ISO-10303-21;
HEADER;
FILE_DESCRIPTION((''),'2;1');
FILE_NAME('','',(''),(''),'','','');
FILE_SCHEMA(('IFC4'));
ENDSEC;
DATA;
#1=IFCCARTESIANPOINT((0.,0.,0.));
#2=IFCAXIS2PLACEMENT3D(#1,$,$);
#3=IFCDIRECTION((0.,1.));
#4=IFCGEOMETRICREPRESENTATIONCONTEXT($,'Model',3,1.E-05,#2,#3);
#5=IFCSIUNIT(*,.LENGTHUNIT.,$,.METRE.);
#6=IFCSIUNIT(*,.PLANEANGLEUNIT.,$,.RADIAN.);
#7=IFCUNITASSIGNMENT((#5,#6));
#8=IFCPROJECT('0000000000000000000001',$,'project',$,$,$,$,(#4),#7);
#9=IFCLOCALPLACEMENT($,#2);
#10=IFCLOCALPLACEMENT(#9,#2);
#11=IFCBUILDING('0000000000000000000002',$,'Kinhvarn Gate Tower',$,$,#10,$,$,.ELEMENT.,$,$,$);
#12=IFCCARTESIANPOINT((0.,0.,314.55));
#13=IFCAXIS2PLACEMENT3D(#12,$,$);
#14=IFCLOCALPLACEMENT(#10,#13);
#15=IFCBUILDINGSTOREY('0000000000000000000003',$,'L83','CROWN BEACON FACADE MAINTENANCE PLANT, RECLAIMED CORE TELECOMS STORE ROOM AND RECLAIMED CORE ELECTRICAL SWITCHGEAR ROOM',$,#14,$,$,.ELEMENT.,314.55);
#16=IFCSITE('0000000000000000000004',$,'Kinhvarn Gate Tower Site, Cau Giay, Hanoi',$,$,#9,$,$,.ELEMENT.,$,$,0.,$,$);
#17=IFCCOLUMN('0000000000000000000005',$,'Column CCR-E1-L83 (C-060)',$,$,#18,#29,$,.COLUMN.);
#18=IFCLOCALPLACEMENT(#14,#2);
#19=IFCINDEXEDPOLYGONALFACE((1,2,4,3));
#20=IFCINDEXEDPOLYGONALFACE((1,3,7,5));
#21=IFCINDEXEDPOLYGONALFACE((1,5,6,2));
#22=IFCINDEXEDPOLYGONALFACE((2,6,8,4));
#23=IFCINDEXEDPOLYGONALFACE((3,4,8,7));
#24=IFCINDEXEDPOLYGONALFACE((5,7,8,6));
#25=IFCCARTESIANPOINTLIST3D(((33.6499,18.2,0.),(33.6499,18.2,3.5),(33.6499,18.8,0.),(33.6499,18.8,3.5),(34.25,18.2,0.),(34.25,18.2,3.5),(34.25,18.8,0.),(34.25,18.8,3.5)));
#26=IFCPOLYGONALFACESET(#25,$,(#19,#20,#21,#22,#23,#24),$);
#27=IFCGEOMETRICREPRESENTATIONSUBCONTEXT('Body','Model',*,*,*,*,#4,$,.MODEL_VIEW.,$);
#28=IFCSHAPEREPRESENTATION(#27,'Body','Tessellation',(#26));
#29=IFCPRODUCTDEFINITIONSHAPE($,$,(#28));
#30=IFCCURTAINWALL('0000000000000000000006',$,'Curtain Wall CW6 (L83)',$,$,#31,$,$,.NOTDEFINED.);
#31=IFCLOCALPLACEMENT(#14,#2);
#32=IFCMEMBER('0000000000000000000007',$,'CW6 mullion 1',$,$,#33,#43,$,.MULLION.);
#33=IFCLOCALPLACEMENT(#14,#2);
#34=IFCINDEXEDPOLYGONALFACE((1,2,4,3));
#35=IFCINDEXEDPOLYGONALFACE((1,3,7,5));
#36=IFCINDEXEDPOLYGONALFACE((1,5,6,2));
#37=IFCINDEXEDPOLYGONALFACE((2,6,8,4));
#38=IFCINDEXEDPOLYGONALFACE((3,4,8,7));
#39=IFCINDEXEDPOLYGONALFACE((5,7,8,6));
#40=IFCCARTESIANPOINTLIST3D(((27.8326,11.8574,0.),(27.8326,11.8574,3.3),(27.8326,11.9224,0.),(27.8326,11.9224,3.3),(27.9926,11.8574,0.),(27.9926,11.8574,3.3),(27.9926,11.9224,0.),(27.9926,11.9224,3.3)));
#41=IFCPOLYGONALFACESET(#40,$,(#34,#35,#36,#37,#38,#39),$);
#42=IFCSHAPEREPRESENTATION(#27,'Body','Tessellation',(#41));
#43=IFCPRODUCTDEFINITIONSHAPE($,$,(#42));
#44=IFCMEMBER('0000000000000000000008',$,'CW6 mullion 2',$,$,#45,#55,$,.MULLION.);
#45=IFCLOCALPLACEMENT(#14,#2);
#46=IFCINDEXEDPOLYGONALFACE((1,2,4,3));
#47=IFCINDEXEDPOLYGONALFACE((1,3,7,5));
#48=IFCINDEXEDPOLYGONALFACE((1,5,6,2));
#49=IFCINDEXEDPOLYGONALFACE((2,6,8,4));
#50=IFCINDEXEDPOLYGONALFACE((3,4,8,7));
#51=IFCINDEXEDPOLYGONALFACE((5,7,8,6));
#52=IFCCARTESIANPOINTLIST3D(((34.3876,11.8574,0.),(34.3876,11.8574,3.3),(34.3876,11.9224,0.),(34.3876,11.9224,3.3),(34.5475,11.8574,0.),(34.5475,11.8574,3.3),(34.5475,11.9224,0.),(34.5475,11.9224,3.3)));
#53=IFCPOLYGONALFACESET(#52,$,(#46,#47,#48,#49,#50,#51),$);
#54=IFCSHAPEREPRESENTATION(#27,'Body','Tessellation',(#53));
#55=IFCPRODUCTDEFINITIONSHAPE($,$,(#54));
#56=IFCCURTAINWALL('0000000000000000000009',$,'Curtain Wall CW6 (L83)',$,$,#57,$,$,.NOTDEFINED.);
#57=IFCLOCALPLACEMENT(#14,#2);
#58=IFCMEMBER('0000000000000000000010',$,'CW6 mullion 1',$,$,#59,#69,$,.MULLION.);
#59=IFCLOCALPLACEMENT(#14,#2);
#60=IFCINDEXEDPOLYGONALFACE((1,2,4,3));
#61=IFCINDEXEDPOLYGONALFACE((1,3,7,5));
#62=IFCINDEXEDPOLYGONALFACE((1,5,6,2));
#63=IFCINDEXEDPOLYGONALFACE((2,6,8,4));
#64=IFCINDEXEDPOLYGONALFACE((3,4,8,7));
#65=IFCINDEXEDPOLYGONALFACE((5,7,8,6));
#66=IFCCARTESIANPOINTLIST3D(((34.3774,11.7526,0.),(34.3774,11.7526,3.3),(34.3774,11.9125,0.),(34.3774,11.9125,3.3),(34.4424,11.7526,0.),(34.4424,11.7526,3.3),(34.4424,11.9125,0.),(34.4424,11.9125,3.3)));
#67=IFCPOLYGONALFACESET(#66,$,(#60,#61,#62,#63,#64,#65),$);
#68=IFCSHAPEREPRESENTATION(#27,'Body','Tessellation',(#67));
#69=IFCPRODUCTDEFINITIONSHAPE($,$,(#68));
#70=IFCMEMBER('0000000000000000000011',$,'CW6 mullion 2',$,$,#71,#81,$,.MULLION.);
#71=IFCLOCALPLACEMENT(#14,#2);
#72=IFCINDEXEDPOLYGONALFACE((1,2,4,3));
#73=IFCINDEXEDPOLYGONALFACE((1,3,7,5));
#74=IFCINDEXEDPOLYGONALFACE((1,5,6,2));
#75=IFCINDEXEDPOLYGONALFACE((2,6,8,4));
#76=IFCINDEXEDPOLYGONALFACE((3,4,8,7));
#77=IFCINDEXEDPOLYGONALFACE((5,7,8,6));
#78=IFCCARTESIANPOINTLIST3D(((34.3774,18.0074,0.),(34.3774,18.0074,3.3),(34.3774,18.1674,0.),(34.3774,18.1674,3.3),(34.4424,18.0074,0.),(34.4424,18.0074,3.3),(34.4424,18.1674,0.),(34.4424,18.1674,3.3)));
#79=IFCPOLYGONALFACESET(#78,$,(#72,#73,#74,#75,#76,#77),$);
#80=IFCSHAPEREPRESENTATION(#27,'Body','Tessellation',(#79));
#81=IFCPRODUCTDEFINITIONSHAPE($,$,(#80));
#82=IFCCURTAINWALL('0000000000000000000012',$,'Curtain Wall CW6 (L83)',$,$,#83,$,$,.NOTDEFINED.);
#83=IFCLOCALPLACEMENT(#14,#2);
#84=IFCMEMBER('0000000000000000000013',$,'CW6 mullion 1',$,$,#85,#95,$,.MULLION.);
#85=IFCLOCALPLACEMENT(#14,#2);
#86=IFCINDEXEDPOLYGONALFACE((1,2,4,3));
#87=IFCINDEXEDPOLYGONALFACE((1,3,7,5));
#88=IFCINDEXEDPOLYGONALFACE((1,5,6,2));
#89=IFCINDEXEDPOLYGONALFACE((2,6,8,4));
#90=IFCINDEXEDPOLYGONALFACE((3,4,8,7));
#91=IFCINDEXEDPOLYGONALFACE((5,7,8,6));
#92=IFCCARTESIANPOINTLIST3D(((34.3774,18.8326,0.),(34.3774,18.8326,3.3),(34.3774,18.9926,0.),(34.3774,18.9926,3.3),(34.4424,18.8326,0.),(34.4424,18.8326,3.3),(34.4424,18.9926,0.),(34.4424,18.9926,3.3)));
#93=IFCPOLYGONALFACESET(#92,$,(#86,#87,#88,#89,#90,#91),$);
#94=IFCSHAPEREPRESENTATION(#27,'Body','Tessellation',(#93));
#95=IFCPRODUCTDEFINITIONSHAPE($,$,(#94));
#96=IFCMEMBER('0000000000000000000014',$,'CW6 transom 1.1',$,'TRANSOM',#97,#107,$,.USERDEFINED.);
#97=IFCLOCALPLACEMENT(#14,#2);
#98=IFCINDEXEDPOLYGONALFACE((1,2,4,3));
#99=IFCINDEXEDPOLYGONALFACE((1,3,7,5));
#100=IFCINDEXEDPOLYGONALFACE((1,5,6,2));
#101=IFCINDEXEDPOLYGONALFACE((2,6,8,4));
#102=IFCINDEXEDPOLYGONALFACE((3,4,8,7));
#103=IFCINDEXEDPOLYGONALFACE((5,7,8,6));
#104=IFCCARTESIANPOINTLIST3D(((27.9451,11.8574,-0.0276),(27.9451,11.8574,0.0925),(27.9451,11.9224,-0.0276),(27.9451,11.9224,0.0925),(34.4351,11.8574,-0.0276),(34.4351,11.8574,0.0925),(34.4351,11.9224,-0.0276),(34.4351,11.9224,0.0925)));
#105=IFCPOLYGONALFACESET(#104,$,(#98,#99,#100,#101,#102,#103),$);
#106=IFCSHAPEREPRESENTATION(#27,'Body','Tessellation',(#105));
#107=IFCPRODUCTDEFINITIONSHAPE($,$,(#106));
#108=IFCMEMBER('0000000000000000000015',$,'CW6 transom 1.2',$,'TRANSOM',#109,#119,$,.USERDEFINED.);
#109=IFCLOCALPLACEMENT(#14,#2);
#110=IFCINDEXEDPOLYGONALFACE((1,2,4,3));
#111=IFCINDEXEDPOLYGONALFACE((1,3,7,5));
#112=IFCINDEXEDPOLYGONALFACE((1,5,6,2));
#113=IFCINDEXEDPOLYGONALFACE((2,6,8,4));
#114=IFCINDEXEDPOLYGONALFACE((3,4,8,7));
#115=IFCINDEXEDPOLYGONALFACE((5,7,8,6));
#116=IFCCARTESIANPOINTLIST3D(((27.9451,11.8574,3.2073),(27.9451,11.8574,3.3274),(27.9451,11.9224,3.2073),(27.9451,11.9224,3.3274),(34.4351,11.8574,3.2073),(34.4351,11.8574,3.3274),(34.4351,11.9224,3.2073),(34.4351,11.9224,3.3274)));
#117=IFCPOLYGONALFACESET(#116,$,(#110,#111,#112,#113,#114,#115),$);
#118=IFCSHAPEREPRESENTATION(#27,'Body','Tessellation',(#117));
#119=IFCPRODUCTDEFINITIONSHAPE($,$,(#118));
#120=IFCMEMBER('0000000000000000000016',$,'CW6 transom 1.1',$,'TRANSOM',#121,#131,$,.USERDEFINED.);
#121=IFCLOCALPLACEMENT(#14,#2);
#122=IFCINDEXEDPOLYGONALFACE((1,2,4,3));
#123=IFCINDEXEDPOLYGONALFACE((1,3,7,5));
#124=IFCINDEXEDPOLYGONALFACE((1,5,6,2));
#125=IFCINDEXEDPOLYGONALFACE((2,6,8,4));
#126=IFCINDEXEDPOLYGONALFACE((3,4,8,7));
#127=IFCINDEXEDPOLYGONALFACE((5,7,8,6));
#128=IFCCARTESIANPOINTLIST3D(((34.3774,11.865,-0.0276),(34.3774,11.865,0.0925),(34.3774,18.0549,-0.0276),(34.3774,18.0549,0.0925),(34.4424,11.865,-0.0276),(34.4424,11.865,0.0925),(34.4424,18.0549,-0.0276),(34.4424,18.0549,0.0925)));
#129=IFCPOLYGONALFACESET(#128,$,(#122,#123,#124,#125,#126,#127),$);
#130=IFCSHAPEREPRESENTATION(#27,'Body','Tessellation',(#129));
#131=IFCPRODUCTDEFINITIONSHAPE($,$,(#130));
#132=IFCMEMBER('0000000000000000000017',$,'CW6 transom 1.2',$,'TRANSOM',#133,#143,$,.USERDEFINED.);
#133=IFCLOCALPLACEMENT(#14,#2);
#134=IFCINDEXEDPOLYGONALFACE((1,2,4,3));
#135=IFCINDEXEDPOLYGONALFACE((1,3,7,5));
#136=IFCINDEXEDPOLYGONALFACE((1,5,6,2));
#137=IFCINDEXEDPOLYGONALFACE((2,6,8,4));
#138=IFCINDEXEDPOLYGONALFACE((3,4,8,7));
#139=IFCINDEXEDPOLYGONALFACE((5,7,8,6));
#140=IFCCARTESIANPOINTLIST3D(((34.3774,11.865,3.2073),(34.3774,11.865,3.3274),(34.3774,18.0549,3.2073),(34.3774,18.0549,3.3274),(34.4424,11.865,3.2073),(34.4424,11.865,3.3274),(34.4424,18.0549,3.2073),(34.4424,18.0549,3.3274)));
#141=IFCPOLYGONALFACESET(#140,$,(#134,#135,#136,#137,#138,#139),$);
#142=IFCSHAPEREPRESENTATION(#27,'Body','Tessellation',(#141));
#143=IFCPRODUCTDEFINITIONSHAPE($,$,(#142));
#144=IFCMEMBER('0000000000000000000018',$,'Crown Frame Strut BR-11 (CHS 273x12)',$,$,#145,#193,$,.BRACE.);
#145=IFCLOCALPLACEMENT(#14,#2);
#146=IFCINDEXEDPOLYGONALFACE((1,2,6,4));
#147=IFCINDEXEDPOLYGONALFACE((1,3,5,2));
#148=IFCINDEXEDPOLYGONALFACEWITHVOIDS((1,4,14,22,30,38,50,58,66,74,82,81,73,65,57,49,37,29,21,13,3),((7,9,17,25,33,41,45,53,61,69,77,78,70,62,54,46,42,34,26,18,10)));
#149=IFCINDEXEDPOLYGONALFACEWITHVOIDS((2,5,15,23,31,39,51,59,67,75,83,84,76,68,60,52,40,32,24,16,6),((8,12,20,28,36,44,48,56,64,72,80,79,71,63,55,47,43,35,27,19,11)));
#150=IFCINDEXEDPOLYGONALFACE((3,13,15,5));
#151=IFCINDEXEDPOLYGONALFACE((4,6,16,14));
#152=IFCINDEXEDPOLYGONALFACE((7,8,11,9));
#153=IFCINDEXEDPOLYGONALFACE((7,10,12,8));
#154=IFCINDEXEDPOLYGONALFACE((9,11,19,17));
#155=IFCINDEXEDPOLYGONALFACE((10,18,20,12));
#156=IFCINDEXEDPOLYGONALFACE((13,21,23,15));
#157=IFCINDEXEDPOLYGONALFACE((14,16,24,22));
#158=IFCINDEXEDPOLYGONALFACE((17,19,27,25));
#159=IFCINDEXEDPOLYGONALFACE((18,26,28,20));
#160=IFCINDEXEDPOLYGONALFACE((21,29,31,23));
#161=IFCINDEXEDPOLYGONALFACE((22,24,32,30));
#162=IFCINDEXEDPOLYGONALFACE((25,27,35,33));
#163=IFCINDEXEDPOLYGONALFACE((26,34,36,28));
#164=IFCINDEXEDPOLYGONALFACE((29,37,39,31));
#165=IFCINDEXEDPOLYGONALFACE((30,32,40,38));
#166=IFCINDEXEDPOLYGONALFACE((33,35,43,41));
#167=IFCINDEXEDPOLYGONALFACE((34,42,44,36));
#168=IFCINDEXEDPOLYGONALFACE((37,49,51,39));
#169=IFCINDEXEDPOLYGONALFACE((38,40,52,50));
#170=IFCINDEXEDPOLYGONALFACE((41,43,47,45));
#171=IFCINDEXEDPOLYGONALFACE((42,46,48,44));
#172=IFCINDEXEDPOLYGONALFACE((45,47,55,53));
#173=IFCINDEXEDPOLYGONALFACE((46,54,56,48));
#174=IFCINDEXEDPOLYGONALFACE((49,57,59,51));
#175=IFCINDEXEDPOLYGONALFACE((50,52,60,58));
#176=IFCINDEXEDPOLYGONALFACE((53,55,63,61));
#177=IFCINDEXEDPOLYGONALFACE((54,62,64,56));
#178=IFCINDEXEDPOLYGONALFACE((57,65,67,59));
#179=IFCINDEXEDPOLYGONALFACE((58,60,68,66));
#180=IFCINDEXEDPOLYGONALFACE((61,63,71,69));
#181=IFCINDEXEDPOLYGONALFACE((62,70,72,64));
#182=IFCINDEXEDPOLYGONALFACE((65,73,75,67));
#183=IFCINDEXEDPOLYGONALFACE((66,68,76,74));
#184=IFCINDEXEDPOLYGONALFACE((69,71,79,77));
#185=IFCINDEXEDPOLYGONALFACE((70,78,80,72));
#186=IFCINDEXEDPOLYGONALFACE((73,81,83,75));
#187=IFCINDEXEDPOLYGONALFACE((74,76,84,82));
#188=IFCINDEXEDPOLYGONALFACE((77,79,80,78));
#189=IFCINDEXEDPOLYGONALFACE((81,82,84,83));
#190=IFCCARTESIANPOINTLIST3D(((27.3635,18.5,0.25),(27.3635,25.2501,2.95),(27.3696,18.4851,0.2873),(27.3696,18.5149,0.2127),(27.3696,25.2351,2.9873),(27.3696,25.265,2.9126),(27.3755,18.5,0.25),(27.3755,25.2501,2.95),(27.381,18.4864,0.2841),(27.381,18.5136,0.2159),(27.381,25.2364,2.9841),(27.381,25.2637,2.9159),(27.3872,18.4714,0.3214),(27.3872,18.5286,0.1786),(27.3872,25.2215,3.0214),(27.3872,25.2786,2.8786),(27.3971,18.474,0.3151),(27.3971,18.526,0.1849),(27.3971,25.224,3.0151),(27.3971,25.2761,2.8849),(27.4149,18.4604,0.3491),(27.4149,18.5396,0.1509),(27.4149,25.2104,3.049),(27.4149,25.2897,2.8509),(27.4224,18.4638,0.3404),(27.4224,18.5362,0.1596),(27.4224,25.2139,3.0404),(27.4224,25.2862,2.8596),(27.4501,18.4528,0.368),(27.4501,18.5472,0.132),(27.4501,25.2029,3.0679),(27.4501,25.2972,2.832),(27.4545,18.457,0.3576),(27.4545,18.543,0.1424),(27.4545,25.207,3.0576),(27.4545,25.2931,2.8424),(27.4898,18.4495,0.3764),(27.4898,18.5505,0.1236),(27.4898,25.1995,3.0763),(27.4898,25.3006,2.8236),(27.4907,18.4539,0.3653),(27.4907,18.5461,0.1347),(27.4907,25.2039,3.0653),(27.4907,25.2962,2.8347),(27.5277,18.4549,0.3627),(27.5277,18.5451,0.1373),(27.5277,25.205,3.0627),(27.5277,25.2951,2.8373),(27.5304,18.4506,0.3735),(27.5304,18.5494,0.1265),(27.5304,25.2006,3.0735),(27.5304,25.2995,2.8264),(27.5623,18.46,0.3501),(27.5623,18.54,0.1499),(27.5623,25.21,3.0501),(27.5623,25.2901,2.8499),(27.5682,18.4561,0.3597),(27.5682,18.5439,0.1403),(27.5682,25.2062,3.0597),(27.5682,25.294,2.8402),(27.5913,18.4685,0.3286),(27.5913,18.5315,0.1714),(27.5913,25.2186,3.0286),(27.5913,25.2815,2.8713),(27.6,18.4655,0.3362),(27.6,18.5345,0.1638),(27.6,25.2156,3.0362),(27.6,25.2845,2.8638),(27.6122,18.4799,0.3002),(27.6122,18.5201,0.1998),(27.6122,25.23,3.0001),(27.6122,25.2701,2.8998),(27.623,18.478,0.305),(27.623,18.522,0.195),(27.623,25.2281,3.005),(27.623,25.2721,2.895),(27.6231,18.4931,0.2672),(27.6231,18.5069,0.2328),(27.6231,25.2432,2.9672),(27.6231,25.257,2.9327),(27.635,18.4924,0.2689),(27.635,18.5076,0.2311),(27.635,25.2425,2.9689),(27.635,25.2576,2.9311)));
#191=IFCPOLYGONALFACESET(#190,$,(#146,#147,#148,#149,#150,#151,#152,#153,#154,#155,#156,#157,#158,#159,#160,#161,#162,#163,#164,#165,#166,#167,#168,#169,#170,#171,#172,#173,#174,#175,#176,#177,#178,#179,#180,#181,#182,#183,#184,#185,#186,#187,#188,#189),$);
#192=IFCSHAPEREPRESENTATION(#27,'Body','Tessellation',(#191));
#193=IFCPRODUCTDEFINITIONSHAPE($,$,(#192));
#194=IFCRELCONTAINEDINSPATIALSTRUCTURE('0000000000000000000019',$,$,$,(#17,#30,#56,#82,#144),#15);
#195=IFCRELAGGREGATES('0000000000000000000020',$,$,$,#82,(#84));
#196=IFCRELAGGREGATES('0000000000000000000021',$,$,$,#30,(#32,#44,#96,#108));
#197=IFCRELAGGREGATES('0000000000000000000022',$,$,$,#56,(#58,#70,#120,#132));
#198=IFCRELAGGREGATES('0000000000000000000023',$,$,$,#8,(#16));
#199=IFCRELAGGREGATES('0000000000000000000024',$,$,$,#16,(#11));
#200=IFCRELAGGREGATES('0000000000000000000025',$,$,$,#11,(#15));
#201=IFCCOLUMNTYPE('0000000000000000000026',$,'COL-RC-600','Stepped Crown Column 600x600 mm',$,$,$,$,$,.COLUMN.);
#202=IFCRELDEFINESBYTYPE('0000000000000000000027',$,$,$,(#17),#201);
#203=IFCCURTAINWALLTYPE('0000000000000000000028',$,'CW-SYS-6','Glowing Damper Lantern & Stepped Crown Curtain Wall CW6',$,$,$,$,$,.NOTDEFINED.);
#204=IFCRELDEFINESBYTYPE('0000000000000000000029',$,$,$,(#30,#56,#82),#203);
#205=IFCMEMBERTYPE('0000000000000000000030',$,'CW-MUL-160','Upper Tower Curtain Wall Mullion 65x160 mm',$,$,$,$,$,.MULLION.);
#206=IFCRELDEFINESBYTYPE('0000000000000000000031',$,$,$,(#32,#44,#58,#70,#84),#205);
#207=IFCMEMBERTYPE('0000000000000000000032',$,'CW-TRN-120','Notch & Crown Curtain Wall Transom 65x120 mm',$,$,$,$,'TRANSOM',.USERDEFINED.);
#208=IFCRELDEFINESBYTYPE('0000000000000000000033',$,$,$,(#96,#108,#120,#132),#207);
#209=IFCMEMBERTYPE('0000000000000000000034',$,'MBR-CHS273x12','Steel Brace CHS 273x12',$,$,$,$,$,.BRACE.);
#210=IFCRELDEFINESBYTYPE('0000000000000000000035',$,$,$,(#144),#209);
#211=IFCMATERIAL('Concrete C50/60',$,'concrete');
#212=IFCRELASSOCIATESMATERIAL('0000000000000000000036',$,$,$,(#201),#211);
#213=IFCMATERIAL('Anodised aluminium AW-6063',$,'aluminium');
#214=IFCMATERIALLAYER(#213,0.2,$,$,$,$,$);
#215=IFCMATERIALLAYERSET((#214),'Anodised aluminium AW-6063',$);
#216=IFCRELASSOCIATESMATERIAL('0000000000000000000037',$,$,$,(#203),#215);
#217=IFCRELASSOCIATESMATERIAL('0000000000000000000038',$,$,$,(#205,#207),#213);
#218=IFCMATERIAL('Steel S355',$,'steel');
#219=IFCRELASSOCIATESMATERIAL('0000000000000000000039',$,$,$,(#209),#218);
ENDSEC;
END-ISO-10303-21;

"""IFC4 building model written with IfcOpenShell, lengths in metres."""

from ifc_helpers import new_model, si_unit, direction, frame, origin, origin_2d, place, context, subcontext, project, spatial, rectangle, hollow_circle, extrude, material, layer, layer_set, material_profile, profile_set, type_object, element, aggregate, save


model = new_model("IFC4")

# Units and contexts
model_context = context("Model", 3, precision=1e-05, world=origin(), true_north=direction((0.0, 1.0)))
body_context = subcontext(model_context, "Body", "Model", "MODEL_VIEW")
ifc_project = project(units=[si_unit("LENGTHUNIT", "METRE"), si_unit("PLANEANGLEUNIT", "RADIAN")], contexts=[model_context])

# Site, building, storey
site_placement = place(None, origin())
site = spatial("IfcSite", under=ifc_project, at=site_placement, Name="Kinhvarn Gate Tower Site, Cau Giay, Hanoi", CompositionType="ELEMENT", RefElevation=0.0)
building_placement = place(site_placement, origin())
building = spatial("IfcBuilding", under=site, at=building_placement, Name="Kinhvarn Gate Tower", CompositionType="ELEMENT")
storey_placement = place(building_placement, frame((0.0, 0.0, 314.55)))
storey = spatial("IfcBuildingStorey", under=building, at=storey_placement, Name="L83", Description="CROWN BEACON FACADE MAINTENANCE PLANT, RECLAIMED CORE TELECOMS STORE ROOM AND RECLAIMED CORE ELECTRICAL SWITCHGEAR ROOM", CompositionType="ELEMENT", Elevation=314.55)

# Column
ifc_material_1 = material(Name="Concrete C50/60", Category="concrete")
ifc_material_profile_1 = material_profile(ifc_material_1, rectangle(XDim=0.6001, YDim=0.6001, at=origin_2d()), Name="RC 600x600")
ifc_profile_set_1 = profile_set([ifc_material_profile_1], Name="Concrete C50/60")
column_type = type_object("IfcColumnType", Name="COL-RC-600", Description="Stepped Crown Column 600x600 mm", PredefinedType="COLUMN", material=ifc_profile_set_1)
column_placement = place(storey_placement, frame((33.95, 18.5, 0.0), z_axis=(0.0, 0.0, 1.0), x_axis=(1.0, 0.0, 0.0)))
element("IfcColumn", 1, at=column_placement, inside=storey, type_object=column_type, Name="Column CCR-E1-L83 (C-060)", PredefinedType="COLUMN", context=body_context, shape_type="SweptSolid", body=[
    extrude(rectangle(XDim=0.6001, YDim=0.6001, at=origin_2d()), origin(), (0.0, 0.0, 1.0), 3.5),
])

# Curtain walls, members
ifc_material_2 = material(Name="Anodised aluminium AW-6063", Category="aluminium")
ifc_layer_1 = layer(ifc_material_2, 0.2)
ifc_layer_set_1 = layer_set([ifc_layer_1], Name="Anodised aluminium AW-6063")
curtain_wall_type = type_object("IfcCurtainWallType", Name="CW-SYS-6", Description="Glowing Damper Lantern & Stepped Crown Curtain Wall CW6", PredefinedType="NOTDEFINED", material=ifc_layer_set_1)
curtain_wall_1_placement = place(storey_placement, origin())
curtain_wall_1 = element("IfcCurtainWall", 2, at=curtain_wall_1_placement, inside=storey, type_object=curtain_wall_type, Name="Curtain Wall CW6 (L83)", PredefinedType="NOTDEFINED")
ifc_material_profile_2 = material_profile(ifc_material_2, rectangle(XDim=0.0649, YDim=0.1599, at=origin_2d()), Name="ALU 65x160")
ifc_profile_set_2 = profile_set([ifc_material_profile_2], Name="Anodised aluminium AW-6063")
member_type_1 = type_object("IfcMemberType", Name="CW-MUL-160", Description="Upper Tower Curtain Wall Mullion 65x160 mm", PredefinedType="MULLION", material=ifc_profile_set_2)
member_1_placement = place(storey_placement, frame((27.9126, 11.8899, 0.0), z_axis=(0.0, 0.0, 1.0), x_axis=(0.0, 1.0, 0.0)))
member_1 = element("IfcMember", 3, at=member_1_placement, type_object=member_type_1, Name="CW6 mullion 1", PredefinedType="MULLION", context=body_context, shape_type="SweptSolid", body=[
    extrude(rectangle(XDim=0.0649, YDim=0.1599, at=origin_2d()), origin(), (0.0, 0.0, 1.0), 3.3),
])
member_2_placement = place(storey_placement, frame((34.4675, 11.8899, 0.0), z_axis=(0.0, 0.0, 1.0), x_axis=(0.0, 1.0, 0.0)))
member_2 = element("IfcMember", 4, at=member_2_placement, type_object=member_type_1, Name="CW6 mullion 2", PredefinedType="MULLION", context=body_context, shape_type="SweptSolid", body=[
    extrude(rectangle(XDim=0.0649, YDim=0.1599, at=origin_2d()), origin(), (0.0, 0.0, 1.0), 3.3),
])
curtain_wall_2_placement = place(storey_placement, origin())
curtain_wall_2 = element("IfcCurtainWall", 5, at=curtain_wall_2_placement, inside=storey, type_object=curtain_wall_type, Name="Curtain Wall CW6 (L83)", PredefinedType="NOTDEFINED")
member_3_placement = place(storey_placement, frame((34.4099, 11.8325, 0.0), z_axis=(0.0, 0.0, 1.0), x_axis=(-1.0, 0.0, 0.0)))
member_3 = element("IfcMember", 6, at=member_3_placement, type_object=member_type_1, Name="CW6 mullion 1", PredefinedType="MULLION", context=body_context, shape_type="SweptSolid", body=[
    extrude(rectangle(XDim=0.0649, YDim=0.1599, at=origin_2d()), origin(), (0.0, 0.0, 1.0), 3.3),
])
member_4_placement = place(storey_placement, frame((34.4099, 18.0874, 0.0), z_axis=(0.0, 0.0, 1.0), x_axis=(-1.0, 0.0, 0.0)))
member_4 = element("IfcMember", 7, at=member_4_placement, type_object=member_type_1, Name="CW6 mullion 2", PredefinedType="MULLION", context=body_context, shape_type="SweptSolid", body=[
    extrude(rectangle(XDim=0.0649, YDim=0.1599, at=origin_2d()), origin(), (0.0, 0.0, 1.0), 3.3),
])

# Curtain wall, member
curtain_wall_3_placement = place(storey_placement, origin())
curtain_wall_3 = element("IfcCurtainWall", 8, at=curtain_wall_3_placement, inside=storey, type_object=curtain_wall_type, Name="Curtain Wall CW6 (L83)", PredefinedType="NOTDEFINED")
member_5_placement = place(storey_placement, frame((34.4099, 18.9126, 0.0), z_axis=(0.0, 0.0, 1.0), x_axis=(-1.0, 0.0, 0.0)))
member_5 = element("IfcMember", 9, at=member_5_placement, type_object=member_type_1, Name="CW6 mullion 1", PredefinedType="MULLION", context=body_context, shape_type="SweptSolid", body=[
    extrude(rectangle(XDim=0.0649, YDim=0.1599, at=origin_2d()), origin(), (0.0, 0.0, 1.0), 3.3),
])
aggregate(curtain_wall_3, [member_5])

# Members
ifc_material_profile_3 = material_profile(ifc_material_2, rectangle(XDim=0.0649, YDim=0.1201, at=origin_2d()), Name="ALU 65x120")
ifc_profile_set_3 = profile_set([ifc_material_profile_3], Name="Anodised aluminium AW-6063")
member_type_2 = type_object("IfcMemberType", Name="CW-TRN-120", Description="Notch & Crown Curtain Wall Transom 65x120 mm", ElementType="TRANSOM", PredefinedType="USERDEFINED", material=ifc_profile_set_3)
member_6_placement = place(storey_placement, frame((27.9451, 11.8899, 0.0325), z_axis=(1.0, 0.0, 0.0), x_axis=(0.0, 1.0, 0.0)))
member_6 = element("IfcMember", 10, at=member_6_placement, type_object=member_type_2, Name="CW6 transom 1.1", ObjectType="TRANSOM", PredefinedType="USERDEFINED", context=body_context, shape_type="SweptSolid", body=[
    extrude(rectangle(XDim=0.0649, YDim=0.1201, at=origin_2d()), origin(), (0.0, 0.0, 1.0), 6.49),
])
member_7_placement = place(storey_placement, frame((27.9451, 11.8899, 3.2673), z_axis=(1.0, 0.0, 0.0), x_axis=(0.0, 1.0, 0.0)))
member_7 = element("IfcMember", 11, at=member_7_placement, type_object=member_type_2, Name="CW6 transom 1.2", ObjectType="TRANSOM", PredefinedType="USERDEFINED", context=body_context, shape_type="SweptSolid", body=[
    extrude(rectangle(XDim=0.0649, YDim=0.1201, at=origin_2d()), origin(), (0.0, 0.0, 1.0), 6.49),
])
member_8_placement = place(storey_placement, frame((34.4099, 11.865, 0.0325), z_axis=(0.0, 1.0, 0.0), x_axis=(-1.0, 0.0, 0.0)))
member_8 = element("IfcMember", 12, at=member_8_placement, type_object=member_type_2, Name="CW6 transom 1.1", ObjectType="TRANSOM", PredefinedType="USERDEFINED", context=body_context, shape_type="SweptSolid", body=[
    extrude(rectangle(XDim=0.0649, YDim=0.1201, at=origin_2d()), origin(), (0.0, 0.0, 1.0), 6.1899),
])
member_9_placement = place(storey_placement, frame((34.4099, 11.865, 3.2673), z_axis=(0.0, 1.0, 0.0), x_axis=(-1.0, 0.0, 0.0)))
member_9 = element("IfcMember", 13, at=member_9_placement, type_object=member_type_2, Name="CW6 transom 1.2", ObjectType="TRANSOM", PredefinedType="USERDEFINED", context=body_context, shape_type="SweptSolid", body=[
    extrude(rectangle(XDim=0.0649, YDim=0.1201, at=origin_2d()), origin(), (0.0, 0.0, 1.0), 6.1899),
])

# Member
ifc_material_3 = material(Name="Steel S355", Category="steel")
ifc_material_profile_4 = material_profile(ifc_material_3, hollow_circle(Radius=0.1365, WallThickness=0.012, at=origin_2d()), Name="CHS 273x12")
ifc_profile_set_4 = profile_set([ifc_material_profile_4], Name="Steel S355")
member_type_3 = type_object("IfcMemberType", Name="MBR-CHS273x12", Description="Steel Brace CHS 273x12", PredefinedType="BRACE", material=ifc_profile_set_4)
member_10_placement = place(storey_placement, frame((27.5, 18.5, 0.25), z_axis=(0.0, 0.928479, 0.371385), x_axis=(-1.0, 0.0, 0.0)))
element("IfcMember", 14, at=member_10_placement, inside=storey, type_object=member_type_3, Name="Crown Frame Strut BR-11 (CHS 273x12)", PredefinedType="BRACE", context=body_context, shape_type="SweptSolid", body=[
    extrude(hollow_circle(Radius=0.1365, WallThickness=0.012, at=origin_2d()), origin(), (0.0, 0.0, 1.0), 7.27),
])

aggregate(curtain_wall_1, [member_1, member_2, member_6, member_7])
aggregate(curtain_wall_2, [member_3, member_4, member_8, member_9])

save(model, "model.ifc")
